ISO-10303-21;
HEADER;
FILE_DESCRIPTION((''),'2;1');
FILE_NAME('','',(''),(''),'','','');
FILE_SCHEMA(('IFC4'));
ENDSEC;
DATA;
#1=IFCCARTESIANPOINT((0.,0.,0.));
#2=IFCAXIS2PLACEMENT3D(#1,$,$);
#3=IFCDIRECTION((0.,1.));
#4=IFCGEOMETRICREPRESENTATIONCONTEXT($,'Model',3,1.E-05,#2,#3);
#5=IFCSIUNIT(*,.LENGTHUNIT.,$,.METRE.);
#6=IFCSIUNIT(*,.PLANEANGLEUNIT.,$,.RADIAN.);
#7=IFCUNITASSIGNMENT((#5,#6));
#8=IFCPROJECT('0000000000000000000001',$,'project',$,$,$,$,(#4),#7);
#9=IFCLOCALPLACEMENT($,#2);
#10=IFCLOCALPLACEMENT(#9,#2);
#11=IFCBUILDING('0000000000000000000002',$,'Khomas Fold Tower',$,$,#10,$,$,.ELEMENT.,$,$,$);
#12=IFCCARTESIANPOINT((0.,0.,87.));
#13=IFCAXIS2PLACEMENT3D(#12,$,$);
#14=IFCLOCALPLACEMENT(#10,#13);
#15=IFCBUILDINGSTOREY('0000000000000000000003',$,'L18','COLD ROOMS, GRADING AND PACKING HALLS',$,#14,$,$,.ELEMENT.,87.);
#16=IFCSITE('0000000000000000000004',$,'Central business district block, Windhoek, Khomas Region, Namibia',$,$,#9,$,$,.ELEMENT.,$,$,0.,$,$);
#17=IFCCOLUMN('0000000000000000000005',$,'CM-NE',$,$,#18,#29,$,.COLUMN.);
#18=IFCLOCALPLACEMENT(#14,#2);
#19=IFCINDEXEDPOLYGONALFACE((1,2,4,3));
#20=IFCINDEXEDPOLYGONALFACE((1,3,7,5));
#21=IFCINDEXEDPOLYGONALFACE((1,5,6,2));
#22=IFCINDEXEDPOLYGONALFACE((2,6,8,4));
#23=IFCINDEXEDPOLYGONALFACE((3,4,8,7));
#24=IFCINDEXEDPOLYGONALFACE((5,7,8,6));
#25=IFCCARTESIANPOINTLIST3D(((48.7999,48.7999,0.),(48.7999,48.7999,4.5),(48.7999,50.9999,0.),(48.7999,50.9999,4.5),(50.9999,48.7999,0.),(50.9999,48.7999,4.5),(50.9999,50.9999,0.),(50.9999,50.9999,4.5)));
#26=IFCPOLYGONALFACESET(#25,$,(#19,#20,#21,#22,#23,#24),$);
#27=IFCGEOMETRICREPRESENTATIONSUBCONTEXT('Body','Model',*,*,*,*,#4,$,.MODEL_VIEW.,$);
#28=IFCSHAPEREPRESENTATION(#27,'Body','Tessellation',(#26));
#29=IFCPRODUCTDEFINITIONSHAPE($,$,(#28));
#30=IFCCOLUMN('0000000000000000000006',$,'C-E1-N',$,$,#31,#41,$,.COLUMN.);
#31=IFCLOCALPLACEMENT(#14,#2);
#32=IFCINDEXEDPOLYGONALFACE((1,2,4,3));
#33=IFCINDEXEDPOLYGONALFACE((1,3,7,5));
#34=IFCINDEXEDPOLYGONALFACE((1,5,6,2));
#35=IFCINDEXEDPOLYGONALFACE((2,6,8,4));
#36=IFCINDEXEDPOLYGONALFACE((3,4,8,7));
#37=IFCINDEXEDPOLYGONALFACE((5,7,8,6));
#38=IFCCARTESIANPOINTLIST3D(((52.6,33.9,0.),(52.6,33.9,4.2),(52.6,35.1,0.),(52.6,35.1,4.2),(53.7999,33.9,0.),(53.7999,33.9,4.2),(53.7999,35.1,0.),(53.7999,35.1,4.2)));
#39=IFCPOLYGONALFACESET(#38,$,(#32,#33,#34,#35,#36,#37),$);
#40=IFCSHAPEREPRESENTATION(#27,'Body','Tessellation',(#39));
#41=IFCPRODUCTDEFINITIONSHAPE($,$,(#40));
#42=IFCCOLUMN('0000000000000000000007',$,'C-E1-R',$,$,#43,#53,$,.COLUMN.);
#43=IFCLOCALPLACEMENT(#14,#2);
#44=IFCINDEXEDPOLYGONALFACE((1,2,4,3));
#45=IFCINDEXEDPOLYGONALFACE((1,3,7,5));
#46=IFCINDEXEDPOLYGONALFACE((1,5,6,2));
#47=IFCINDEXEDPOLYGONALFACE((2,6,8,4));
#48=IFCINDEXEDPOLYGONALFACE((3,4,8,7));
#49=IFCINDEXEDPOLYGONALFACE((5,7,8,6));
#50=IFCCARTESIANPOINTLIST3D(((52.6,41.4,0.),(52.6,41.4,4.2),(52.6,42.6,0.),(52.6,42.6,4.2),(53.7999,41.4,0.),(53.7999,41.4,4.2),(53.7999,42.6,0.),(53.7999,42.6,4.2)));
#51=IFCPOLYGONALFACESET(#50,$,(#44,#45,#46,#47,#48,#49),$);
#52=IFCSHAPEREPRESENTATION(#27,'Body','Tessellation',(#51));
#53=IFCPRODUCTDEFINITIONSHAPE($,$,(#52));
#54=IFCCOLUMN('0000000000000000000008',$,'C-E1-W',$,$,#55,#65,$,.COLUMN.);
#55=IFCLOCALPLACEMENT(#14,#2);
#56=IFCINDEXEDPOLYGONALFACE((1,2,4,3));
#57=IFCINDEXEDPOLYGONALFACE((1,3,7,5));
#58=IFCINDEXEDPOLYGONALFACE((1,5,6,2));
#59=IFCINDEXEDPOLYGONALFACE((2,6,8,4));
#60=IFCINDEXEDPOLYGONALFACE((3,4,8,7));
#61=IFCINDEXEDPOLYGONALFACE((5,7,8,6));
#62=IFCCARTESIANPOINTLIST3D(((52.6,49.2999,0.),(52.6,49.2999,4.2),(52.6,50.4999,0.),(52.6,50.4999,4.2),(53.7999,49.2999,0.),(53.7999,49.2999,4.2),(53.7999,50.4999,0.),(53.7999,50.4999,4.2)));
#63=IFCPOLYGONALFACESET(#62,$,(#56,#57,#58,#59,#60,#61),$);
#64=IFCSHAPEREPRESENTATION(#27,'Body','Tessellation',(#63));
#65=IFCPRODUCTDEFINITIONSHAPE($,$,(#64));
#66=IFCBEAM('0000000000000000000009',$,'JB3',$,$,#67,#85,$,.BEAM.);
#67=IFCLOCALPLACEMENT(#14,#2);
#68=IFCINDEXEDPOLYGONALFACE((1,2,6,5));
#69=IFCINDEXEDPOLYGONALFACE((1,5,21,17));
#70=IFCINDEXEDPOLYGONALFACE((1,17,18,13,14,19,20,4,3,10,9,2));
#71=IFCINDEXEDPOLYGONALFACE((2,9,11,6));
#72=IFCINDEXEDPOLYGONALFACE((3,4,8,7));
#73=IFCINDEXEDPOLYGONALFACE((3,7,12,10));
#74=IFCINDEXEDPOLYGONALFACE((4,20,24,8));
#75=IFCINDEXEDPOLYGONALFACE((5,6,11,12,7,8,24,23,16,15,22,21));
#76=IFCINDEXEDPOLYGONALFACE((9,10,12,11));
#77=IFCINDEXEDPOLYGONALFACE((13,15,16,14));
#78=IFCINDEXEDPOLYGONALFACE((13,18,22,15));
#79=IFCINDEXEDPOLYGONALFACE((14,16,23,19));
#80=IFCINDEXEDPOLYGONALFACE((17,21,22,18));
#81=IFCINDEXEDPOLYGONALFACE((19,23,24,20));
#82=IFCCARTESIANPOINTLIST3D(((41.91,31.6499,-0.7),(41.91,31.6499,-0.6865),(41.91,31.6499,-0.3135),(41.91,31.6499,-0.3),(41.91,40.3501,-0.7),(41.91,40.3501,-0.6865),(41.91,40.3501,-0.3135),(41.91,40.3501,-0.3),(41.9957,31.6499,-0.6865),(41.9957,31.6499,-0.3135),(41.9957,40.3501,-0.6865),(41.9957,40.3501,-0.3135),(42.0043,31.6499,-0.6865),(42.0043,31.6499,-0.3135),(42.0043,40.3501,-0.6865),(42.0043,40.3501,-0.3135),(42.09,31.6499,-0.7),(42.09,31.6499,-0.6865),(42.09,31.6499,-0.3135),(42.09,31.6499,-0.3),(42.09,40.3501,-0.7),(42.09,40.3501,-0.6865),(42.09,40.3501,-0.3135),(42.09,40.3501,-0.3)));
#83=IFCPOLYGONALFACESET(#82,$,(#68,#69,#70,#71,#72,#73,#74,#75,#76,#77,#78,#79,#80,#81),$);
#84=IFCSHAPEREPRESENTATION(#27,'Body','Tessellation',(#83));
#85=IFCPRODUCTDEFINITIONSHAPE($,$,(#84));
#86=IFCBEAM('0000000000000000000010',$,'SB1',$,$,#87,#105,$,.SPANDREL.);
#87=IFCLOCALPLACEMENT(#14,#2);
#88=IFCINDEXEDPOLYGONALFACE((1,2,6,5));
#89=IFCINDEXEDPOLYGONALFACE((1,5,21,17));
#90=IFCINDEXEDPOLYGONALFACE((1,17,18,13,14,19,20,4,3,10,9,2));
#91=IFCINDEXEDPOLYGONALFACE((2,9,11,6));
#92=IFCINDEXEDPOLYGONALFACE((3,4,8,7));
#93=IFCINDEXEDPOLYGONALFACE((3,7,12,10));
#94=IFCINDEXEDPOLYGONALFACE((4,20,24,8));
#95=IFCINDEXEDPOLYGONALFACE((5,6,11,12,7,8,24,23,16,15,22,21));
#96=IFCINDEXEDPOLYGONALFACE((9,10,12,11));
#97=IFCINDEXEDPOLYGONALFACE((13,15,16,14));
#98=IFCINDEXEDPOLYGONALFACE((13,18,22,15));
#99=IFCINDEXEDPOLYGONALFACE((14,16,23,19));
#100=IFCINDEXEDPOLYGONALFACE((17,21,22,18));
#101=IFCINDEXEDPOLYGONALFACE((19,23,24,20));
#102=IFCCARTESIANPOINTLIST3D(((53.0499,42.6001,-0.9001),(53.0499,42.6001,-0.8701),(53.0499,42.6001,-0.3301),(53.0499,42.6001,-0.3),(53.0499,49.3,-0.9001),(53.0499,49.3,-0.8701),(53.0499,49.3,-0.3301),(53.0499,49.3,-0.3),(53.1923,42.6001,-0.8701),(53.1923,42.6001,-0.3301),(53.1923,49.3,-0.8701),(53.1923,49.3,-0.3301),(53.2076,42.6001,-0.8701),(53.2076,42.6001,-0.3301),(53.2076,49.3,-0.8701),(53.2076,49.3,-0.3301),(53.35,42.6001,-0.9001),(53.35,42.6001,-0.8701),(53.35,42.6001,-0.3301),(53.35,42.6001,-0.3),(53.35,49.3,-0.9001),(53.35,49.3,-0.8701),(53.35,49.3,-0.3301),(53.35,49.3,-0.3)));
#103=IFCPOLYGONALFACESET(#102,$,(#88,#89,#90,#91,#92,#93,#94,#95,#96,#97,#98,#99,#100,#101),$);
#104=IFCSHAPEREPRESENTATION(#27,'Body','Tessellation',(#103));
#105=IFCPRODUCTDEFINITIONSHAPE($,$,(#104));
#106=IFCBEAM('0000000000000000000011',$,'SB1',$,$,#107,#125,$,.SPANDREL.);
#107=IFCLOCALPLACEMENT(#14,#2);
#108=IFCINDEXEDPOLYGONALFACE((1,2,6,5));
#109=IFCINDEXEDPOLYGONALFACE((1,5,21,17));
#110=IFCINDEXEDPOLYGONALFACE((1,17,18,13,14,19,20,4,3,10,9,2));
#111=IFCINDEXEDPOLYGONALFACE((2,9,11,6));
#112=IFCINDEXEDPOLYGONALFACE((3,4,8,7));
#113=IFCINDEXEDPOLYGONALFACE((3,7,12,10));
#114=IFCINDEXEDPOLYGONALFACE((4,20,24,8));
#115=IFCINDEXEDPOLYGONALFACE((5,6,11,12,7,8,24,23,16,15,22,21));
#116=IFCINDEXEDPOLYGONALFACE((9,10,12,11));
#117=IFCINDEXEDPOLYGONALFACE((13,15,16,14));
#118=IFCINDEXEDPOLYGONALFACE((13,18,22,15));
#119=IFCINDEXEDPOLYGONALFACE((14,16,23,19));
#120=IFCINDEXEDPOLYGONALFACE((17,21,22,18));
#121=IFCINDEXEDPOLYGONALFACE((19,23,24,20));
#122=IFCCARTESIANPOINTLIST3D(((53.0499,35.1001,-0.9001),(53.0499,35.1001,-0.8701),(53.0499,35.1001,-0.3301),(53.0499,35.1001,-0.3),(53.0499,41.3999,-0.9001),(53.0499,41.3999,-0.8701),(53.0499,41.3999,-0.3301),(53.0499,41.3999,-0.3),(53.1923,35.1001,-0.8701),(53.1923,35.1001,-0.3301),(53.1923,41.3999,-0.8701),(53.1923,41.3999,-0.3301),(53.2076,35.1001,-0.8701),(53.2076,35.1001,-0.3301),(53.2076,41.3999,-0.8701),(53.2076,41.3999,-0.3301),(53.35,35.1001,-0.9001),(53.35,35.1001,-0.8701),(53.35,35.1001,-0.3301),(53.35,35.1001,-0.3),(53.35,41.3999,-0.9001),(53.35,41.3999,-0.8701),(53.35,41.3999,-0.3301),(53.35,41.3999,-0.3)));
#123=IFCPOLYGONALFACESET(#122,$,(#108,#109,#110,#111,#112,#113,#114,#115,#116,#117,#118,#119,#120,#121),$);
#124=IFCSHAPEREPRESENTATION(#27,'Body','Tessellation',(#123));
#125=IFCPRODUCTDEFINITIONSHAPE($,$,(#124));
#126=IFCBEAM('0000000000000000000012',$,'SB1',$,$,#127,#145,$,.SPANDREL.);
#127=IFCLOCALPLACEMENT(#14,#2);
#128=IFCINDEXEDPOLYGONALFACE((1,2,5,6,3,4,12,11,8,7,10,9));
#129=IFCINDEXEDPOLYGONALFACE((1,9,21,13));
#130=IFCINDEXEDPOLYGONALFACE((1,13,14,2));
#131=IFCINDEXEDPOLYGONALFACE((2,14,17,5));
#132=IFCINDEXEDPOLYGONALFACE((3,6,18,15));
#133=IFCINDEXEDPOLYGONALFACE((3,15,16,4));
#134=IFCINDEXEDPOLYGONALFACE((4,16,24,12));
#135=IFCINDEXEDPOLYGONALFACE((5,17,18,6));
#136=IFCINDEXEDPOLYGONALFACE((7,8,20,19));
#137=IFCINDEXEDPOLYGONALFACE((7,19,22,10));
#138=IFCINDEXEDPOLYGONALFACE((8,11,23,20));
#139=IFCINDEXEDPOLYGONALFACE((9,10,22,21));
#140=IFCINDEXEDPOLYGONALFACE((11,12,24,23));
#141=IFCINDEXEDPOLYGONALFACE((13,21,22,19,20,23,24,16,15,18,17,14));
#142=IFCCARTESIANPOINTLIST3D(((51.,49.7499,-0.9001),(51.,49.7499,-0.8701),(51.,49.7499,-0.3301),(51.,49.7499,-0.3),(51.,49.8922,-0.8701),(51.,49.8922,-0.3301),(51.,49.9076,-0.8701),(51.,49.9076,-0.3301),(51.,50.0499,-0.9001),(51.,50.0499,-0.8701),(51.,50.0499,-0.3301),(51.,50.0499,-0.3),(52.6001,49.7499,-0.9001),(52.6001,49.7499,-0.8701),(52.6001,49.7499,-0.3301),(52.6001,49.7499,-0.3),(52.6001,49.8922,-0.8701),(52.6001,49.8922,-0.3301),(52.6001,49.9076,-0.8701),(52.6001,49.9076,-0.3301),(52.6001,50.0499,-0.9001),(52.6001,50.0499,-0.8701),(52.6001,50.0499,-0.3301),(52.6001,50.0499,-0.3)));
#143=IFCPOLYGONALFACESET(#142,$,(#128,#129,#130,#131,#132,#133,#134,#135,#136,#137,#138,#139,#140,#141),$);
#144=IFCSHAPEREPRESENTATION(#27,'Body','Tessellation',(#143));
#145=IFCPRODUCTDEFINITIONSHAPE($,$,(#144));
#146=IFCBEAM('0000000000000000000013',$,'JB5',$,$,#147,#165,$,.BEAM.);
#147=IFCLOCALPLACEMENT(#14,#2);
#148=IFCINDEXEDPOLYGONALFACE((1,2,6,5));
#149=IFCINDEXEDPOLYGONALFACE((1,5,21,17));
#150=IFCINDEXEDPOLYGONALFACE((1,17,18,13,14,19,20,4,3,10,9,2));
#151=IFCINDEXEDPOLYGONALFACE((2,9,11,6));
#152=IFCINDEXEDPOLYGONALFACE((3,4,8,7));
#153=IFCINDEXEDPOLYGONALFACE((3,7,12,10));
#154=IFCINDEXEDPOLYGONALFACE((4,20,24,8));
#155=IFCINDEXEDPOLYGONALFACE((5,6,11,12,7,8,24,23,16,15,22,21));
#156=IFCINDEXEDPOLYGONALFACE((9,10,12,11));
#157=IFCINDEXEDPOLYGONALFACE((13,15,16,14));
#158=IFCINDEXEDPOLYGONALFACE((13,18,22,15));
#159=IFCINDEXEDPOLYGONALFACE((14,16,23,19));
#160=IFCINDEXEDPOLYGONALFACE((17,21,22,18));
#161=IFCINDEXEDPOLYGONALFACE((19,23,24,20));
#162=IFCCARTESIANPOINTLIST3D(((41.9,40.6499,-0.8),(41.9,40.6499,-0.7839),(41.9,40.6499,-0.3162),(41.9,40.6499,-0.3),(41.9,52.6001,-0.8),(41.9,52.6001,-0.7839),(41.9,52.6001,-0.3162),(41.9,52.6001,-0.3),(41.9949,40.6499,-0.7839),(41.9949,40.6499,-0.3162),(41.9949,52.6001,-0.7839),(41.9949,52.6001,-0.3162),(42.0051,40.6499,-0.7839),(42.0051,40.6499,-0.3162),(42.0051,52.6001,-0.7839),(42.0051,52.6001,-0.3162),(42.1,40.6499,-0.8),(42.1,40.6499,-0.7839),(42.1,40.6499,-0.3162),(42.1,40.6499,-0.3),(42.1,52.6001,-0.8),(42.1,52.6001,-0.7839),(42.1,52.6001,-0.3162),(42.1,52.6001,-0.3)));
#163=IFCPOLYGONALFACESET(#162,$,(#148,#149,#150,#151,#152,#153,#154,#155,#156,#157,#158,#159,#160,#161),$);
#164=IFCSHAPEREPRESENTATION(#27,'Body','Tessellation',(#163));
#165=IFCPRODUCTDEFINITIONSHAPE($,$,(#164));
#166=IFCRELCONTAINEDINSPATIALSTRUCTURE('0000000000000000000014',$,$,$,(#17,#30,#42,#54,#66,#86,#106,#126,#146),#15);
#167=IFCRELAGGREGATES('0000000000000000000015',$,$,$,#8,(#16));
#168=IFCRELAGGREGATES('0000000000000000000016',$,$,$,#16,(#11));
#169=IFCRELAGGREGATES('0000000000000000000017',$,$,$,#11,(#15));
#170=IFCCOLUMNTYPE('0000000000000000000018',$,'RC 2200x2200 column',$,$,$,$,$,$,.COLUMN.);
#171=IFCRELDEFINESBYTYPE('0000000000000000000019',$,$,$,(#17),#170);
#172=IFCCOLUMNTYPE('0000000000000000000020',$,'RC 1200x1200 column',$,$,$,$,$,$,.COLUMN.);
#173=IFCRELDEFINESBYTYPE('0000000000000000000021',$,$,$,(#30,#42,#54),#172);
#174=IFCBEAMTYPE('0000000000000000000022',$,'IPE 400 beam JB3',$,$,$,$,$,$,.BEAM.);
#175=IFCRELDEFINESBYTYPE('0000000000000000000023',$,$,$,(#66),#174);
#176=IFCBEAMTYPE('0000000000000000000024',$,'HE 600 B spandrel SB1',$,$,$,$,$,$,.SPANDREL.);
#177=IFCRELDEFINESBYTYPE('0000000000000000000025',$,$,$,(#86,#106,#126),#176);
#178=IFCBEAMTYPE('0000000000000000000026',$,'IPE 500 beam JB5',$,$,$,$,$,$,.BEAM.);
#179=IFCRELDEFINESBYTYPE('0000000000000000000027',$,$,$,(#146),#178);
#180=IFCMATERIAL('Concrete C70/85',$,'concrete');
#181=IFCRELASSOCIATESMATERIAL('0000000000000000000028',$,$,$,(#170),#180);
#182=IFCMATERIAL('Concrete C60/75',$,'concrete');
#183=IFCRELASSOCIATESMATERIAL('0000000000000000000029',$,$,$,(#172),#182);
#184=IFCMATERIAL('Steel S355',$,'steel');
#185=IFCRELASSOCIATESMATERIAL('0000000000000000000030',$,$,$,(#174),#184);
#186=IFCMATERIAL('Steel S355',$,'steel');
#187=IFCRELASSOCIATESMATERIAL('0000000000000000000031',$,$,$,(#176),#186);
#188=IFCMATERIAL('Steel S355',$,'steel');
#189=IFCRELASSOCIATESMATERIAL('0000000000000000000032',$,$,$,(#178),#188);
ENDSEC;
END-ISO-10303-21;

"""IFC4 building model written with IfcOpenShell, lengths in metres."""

from ifc_helpers import new_model, si_unit, direction, frame, origin, origin_2d, place, context, subcontext, project, spatial, rectangle, i_section, extrude, source, transform, mapped, material, material_profile, profile_set, type_object, element, save


model = new_model("IFC4")

# Units and contexts
model_context = context("Model", 3, precision=1e-05, world=origin(), true_north=direction((0.0, 1.0)))
body_context = subcontext(model_context, "Body", "Model", "MODEL_VIEW")
ifc_project = project(units=[si_unit("LENGTHUNIT", "METRE"), si_unit("PLANEANGLEUNIT", "RADIAN")], contexts=[model_context])

# Site, building, storey
site_placement = place(None, origin())
site = spatial("IfcSite", under=ifc_project, at=site_placement, Name="Central business district block, Windhoek, Khomas Region, Namibia", CompositionType="ELEMENT", RefElevation=0.0)
building_placement = place(site_placement, origin())
building = spatial("IfcBuilding", under=site, at=building_placement, Name="Khomas Fold Tower", CompositionType="ELEMENT")
storey_placement = place(building_placement, frame((0.0, 0.0, 87.0)))
storey = spatial("IfcBuildingStorey", under=building, at=storey_placement, Name="L18", Description="COLD ROOMS, GRADING AND PACKING HALLS", CompositionType="ELEMENT", Elevation=87.0)

# Columns
ifc_material_1 = material(Name="Concrete C70/85", Category="concrete")
ifc_material_profile_1 = material_profile(ifc_material_1, rectangle(XDim=2.2, YDim=2.2, at=origin_2d()), Name="RC 2200x2200")
ifc_profile_set_1 = profile_set([ifc_material_profile_1], Name="Concrete C70/85")
column_type_1 = type_object("IfcColumnType", Name="RC 2200x2200 column", PredefinedType="COLUMN", material=ifc_profile_set_1)
shared_shape_1 = source(origin(), body_context, "Body", "SweptSolid", [
    extrude(rectangle(XDim=2.2, YDim=2.2, at=origin_2d()), origin(), (0.0, 0.0, 1.0), 4.5),
])
column_placement = place(storey_placement, frame((49.8999, 49.8999, 0.0), z_axis=(0.0, 0.0, 1.0), x_axis=(1.0, 0.0, 0.0)))
element("IfcColumn", 1, at=column_placement, inside=storey, type_object=column_type_1, Name="CM-NE", PredefinedType="COLUMN", context=body_context, shape_type="MappedRepresentation", body=[
    mapped(shared_shape_1, transform((0.0, 0.0, 0.0))),
])
ifc_material_2 = material(Name="Concrete C60/75", Category="concrete")
ifc_material_profile_2 = material_profile(ifc_material_2, rectangle(XDim=1.2, YDim=1.2, at=origin_2d()), Name="RC 1200x1200")
ifc_profile_set_2 = profile_set([ifc_material_profile_2], Name="Concrete C60/75")
column_type_2 = type_object("IfcColumnType", Name="RC 1200x1200 column", PredefinedType="COLUMN", material=ifc_profile_set_2)
shared_shape_2 = source(origin(), body_context, "Body", "SweptSolid", [
    extrude(rectangle(XDim=1.2, YDim=1.2, at=origin_2d()), origin(), (0.0, 0.0, 1.0), 4.2),
])
for number, where, z_axis, x_axis, name in (
    (2, (53.2, 34.5, 0.0), (0.0, 0.0, 1.0), (1.0, 0.0, 0.0), "C-E1-N"),
    (3, (53.2, 42.0, 0.0), (0.0, 0.0, 1.0), (1.0, 0.0, 0.0), "C-E1-R"),
    (4, (53.2, 49.8999, 0.0), (0.0, 0.0, 1.0), (1.0, 0.0, 0.0), "C-E1-W"),
):
    element("IfcColumn", number, at=place(storey_placement, frame(where, z_axis=z_axis, x_axis=x_axis)), inside=storey, type_object=column_type_2, Name=name, PredefinedType="COLUMN", context=body_context, shape_type="MappedRepresentation", body=[
        mapped(shared_shape_2, transform((0.0, 0.0, 0.0))),
    ])

# Beams
ifc_material_3 = material(Name="Steel S355", Category="steel")
ifc_material_profile_3 = material_profile(ifc_material_3, i_section(OverallWidth=0.1799, OverallDepth=0.3999, WebThickness=0.0085, FlangeThickness=0.0134, at=origin_2d()), Name="IPE 400")
ifc_profile_set_3 = profile_set([ifc_material_profile_3], Name="Steel S355")
beam_type_1 = type_object("IfcBeamType", Name="IPE 400 beam JB3", PredefinedType="BEAM", material=ifc_profile_set_3)
shared_shape_3 = source(origin(), body_context, "Body", "SweptSolid", [
    extrude(i_section(OverallWidth=0.1799, OverallDepth=0.3999, WebThickness=0.0085, FlangeThickness=0.0134, at=origin_2d()), origin(), (0.0, 0.0, 1.0), 8.7002),
])
beam_1_placement = place(storey_placement, frame((42.0, 31.6499, -0.5), z_axis=(0.0, 1.0, 0.0), x_axis=(-1.0, 0.0, 0.0)))
element("IfcBeam", 5, at=beam_1_placement, inside=storey, type_object=beam_type_1, Name="JB3", PredefinedType="BEAM", context=body_context, shape_type="MappedRepresentation", body=[
    mapped(shared_shape_3, transform((0.0, 0.0, 0.0))),
])
ifc_material_4 = material(Name="Steel S355", Category="steel")
ifc_material_profile_4 = material_profile(ifc_material_4, i_section(OverallWidth=0.3, OverallDepth=0.6001, WebThickness=0.0154, FlangeThickness=0.03, at=origin_2d()), Name="HE 600 B")
ifc_profile_set_4 = profile_set([ifc_material_profile_4], Name="Steel S355")
beam_type_2 = type_object("IfcBeamType", Name="HE 600 B spandrel SB1", PredefinedType="SPANDREL", material=ifc_profile_set_4)
shared_shape_4 = source(origin(), body_context, "Body", "SweptSolid", [
    extrude(i_section(OverallWidth=0.3, OverallDepth=0.6001, WebThickness=0.0154, FlangeThickness=0.03, at=origin_2d()), origin(), (0.0, 0.0, 1.0), 6.7),
])
beam_2_placement = place(storey_placement, frame((53.2, 42.6001, -0.6001), z_axis=(0.0, 1.0, 0.0), x_axis=(-1.0, 0.0, 0.0)))
element("IfcBeam", 6, at=beam_2_placement, inside=storey, type_object=beam_type_2, Name="SB1", PredefinedType="SPANDREL", context=body_context, shape_type="MappedRepresentation", body=[
    mapped(shared_shape_4, transform((0.0, 0.0, 0.0))),
])
shared_shape_5 = source(origin(), body_context, "Body", "SweptSolid", [
    extrude(i_section(OverallWidth=0.3, OverallDepth=0.6001, WebThickness=0.0154, FlangeThickness=0.03, at=origin_2d()), origin(), (0.0, 0.0, 1.0), 6.2998),
])
beam_3_placement = place(storey_placement, frame((53.2, 35.1001, -0.6001), z_axis=(0.0, 1.0, 0.0), x_axis=(-1.0, 0.0, 0.0)))
element("IfcBeam", 7, at=beam_3_placement, inside=storey, type_object=beam_type_2, Name="SB1", PredefinedType="SPANDREL", context=body_context, shape_type="MappedRepresentation", body=[
    mapped(shared_shape_5, transform((0.0, 0.0, 0.0))),
])
shared_shape_6 = source(origin(), body_context, "Body", "SweptSolid", [
    extrude(i_section(OverallWidth=0.3, OverallDepth=0.6001, WebThickness=0.0154, FlangeThickness=0.03, at=origin_2d()), origin(), (0.0, 0.0, 1.0), 1.6001),
])
beam_4_placement = place(storey_placement, frame((51.0, 49.8999, -0.6001), z_axis=(1.0, 0.0, 0.0), x_axis=(0.0, 1.0, 0.0)))
element("IfcBeam", 8, at=beam_4_placement, inside=storey, type_object=beam_type_2, Name="SB1", PredefinedType="SPANDREL", context=body_context, shape_type="MappedRepresentation", body=[
    mapped(shared_shape_6, transform((0.0, 0.0, 0.0))),
])
ifc_material_5 = material(Name="Steel S355", Category="steel")
ifc_material_profile_5 = material_profile(ifc_material_5, i_section(OverallWidth=0.2, OverallDepth=0.5, WebThickness=0.0103, FlangeThickness=0.0161, at=origin_2d()), Name="IPE 500")
ifc_profile_set_5 = profile_set([ifc_material_profile_5], Name="Steel S355")
beam_type_3 = type_object("IfcBeamType", Name="IPE 500 beam JB5", PredefinedType="BEAM", material=ifc_profile_set_5)
shared_shape_7 = source(origin(), body_context, "Body", "SweptSolid", [
    extrude(i_section(OverallWidth=0.2, OverallDepth=0.5, WebThickness=0.0103, FlangeThickness=0.0161, at=origin_2d()), origin(), (0.0, 0.0, 1.0), 11.9502),
])
beam_5_placement = place(storey_placement, frame((42.0, 40.6499, -0.55), z_axis=(0.0, 1.0, 0.0), x_axis=(-1.0, 0.0, 0.0)))
element("IfcBeam", 9, at=beam_5_placement, inside=storey, type_object=beam_type_3, Name="JB5", PredefinedType="BEAM", context=body_context, shape_type="MappedRepresentation", body=[
    mapped(shared_shape_7, transform((0.0, 0.0, 0.0))),
])

save(model, "model.ifc")
